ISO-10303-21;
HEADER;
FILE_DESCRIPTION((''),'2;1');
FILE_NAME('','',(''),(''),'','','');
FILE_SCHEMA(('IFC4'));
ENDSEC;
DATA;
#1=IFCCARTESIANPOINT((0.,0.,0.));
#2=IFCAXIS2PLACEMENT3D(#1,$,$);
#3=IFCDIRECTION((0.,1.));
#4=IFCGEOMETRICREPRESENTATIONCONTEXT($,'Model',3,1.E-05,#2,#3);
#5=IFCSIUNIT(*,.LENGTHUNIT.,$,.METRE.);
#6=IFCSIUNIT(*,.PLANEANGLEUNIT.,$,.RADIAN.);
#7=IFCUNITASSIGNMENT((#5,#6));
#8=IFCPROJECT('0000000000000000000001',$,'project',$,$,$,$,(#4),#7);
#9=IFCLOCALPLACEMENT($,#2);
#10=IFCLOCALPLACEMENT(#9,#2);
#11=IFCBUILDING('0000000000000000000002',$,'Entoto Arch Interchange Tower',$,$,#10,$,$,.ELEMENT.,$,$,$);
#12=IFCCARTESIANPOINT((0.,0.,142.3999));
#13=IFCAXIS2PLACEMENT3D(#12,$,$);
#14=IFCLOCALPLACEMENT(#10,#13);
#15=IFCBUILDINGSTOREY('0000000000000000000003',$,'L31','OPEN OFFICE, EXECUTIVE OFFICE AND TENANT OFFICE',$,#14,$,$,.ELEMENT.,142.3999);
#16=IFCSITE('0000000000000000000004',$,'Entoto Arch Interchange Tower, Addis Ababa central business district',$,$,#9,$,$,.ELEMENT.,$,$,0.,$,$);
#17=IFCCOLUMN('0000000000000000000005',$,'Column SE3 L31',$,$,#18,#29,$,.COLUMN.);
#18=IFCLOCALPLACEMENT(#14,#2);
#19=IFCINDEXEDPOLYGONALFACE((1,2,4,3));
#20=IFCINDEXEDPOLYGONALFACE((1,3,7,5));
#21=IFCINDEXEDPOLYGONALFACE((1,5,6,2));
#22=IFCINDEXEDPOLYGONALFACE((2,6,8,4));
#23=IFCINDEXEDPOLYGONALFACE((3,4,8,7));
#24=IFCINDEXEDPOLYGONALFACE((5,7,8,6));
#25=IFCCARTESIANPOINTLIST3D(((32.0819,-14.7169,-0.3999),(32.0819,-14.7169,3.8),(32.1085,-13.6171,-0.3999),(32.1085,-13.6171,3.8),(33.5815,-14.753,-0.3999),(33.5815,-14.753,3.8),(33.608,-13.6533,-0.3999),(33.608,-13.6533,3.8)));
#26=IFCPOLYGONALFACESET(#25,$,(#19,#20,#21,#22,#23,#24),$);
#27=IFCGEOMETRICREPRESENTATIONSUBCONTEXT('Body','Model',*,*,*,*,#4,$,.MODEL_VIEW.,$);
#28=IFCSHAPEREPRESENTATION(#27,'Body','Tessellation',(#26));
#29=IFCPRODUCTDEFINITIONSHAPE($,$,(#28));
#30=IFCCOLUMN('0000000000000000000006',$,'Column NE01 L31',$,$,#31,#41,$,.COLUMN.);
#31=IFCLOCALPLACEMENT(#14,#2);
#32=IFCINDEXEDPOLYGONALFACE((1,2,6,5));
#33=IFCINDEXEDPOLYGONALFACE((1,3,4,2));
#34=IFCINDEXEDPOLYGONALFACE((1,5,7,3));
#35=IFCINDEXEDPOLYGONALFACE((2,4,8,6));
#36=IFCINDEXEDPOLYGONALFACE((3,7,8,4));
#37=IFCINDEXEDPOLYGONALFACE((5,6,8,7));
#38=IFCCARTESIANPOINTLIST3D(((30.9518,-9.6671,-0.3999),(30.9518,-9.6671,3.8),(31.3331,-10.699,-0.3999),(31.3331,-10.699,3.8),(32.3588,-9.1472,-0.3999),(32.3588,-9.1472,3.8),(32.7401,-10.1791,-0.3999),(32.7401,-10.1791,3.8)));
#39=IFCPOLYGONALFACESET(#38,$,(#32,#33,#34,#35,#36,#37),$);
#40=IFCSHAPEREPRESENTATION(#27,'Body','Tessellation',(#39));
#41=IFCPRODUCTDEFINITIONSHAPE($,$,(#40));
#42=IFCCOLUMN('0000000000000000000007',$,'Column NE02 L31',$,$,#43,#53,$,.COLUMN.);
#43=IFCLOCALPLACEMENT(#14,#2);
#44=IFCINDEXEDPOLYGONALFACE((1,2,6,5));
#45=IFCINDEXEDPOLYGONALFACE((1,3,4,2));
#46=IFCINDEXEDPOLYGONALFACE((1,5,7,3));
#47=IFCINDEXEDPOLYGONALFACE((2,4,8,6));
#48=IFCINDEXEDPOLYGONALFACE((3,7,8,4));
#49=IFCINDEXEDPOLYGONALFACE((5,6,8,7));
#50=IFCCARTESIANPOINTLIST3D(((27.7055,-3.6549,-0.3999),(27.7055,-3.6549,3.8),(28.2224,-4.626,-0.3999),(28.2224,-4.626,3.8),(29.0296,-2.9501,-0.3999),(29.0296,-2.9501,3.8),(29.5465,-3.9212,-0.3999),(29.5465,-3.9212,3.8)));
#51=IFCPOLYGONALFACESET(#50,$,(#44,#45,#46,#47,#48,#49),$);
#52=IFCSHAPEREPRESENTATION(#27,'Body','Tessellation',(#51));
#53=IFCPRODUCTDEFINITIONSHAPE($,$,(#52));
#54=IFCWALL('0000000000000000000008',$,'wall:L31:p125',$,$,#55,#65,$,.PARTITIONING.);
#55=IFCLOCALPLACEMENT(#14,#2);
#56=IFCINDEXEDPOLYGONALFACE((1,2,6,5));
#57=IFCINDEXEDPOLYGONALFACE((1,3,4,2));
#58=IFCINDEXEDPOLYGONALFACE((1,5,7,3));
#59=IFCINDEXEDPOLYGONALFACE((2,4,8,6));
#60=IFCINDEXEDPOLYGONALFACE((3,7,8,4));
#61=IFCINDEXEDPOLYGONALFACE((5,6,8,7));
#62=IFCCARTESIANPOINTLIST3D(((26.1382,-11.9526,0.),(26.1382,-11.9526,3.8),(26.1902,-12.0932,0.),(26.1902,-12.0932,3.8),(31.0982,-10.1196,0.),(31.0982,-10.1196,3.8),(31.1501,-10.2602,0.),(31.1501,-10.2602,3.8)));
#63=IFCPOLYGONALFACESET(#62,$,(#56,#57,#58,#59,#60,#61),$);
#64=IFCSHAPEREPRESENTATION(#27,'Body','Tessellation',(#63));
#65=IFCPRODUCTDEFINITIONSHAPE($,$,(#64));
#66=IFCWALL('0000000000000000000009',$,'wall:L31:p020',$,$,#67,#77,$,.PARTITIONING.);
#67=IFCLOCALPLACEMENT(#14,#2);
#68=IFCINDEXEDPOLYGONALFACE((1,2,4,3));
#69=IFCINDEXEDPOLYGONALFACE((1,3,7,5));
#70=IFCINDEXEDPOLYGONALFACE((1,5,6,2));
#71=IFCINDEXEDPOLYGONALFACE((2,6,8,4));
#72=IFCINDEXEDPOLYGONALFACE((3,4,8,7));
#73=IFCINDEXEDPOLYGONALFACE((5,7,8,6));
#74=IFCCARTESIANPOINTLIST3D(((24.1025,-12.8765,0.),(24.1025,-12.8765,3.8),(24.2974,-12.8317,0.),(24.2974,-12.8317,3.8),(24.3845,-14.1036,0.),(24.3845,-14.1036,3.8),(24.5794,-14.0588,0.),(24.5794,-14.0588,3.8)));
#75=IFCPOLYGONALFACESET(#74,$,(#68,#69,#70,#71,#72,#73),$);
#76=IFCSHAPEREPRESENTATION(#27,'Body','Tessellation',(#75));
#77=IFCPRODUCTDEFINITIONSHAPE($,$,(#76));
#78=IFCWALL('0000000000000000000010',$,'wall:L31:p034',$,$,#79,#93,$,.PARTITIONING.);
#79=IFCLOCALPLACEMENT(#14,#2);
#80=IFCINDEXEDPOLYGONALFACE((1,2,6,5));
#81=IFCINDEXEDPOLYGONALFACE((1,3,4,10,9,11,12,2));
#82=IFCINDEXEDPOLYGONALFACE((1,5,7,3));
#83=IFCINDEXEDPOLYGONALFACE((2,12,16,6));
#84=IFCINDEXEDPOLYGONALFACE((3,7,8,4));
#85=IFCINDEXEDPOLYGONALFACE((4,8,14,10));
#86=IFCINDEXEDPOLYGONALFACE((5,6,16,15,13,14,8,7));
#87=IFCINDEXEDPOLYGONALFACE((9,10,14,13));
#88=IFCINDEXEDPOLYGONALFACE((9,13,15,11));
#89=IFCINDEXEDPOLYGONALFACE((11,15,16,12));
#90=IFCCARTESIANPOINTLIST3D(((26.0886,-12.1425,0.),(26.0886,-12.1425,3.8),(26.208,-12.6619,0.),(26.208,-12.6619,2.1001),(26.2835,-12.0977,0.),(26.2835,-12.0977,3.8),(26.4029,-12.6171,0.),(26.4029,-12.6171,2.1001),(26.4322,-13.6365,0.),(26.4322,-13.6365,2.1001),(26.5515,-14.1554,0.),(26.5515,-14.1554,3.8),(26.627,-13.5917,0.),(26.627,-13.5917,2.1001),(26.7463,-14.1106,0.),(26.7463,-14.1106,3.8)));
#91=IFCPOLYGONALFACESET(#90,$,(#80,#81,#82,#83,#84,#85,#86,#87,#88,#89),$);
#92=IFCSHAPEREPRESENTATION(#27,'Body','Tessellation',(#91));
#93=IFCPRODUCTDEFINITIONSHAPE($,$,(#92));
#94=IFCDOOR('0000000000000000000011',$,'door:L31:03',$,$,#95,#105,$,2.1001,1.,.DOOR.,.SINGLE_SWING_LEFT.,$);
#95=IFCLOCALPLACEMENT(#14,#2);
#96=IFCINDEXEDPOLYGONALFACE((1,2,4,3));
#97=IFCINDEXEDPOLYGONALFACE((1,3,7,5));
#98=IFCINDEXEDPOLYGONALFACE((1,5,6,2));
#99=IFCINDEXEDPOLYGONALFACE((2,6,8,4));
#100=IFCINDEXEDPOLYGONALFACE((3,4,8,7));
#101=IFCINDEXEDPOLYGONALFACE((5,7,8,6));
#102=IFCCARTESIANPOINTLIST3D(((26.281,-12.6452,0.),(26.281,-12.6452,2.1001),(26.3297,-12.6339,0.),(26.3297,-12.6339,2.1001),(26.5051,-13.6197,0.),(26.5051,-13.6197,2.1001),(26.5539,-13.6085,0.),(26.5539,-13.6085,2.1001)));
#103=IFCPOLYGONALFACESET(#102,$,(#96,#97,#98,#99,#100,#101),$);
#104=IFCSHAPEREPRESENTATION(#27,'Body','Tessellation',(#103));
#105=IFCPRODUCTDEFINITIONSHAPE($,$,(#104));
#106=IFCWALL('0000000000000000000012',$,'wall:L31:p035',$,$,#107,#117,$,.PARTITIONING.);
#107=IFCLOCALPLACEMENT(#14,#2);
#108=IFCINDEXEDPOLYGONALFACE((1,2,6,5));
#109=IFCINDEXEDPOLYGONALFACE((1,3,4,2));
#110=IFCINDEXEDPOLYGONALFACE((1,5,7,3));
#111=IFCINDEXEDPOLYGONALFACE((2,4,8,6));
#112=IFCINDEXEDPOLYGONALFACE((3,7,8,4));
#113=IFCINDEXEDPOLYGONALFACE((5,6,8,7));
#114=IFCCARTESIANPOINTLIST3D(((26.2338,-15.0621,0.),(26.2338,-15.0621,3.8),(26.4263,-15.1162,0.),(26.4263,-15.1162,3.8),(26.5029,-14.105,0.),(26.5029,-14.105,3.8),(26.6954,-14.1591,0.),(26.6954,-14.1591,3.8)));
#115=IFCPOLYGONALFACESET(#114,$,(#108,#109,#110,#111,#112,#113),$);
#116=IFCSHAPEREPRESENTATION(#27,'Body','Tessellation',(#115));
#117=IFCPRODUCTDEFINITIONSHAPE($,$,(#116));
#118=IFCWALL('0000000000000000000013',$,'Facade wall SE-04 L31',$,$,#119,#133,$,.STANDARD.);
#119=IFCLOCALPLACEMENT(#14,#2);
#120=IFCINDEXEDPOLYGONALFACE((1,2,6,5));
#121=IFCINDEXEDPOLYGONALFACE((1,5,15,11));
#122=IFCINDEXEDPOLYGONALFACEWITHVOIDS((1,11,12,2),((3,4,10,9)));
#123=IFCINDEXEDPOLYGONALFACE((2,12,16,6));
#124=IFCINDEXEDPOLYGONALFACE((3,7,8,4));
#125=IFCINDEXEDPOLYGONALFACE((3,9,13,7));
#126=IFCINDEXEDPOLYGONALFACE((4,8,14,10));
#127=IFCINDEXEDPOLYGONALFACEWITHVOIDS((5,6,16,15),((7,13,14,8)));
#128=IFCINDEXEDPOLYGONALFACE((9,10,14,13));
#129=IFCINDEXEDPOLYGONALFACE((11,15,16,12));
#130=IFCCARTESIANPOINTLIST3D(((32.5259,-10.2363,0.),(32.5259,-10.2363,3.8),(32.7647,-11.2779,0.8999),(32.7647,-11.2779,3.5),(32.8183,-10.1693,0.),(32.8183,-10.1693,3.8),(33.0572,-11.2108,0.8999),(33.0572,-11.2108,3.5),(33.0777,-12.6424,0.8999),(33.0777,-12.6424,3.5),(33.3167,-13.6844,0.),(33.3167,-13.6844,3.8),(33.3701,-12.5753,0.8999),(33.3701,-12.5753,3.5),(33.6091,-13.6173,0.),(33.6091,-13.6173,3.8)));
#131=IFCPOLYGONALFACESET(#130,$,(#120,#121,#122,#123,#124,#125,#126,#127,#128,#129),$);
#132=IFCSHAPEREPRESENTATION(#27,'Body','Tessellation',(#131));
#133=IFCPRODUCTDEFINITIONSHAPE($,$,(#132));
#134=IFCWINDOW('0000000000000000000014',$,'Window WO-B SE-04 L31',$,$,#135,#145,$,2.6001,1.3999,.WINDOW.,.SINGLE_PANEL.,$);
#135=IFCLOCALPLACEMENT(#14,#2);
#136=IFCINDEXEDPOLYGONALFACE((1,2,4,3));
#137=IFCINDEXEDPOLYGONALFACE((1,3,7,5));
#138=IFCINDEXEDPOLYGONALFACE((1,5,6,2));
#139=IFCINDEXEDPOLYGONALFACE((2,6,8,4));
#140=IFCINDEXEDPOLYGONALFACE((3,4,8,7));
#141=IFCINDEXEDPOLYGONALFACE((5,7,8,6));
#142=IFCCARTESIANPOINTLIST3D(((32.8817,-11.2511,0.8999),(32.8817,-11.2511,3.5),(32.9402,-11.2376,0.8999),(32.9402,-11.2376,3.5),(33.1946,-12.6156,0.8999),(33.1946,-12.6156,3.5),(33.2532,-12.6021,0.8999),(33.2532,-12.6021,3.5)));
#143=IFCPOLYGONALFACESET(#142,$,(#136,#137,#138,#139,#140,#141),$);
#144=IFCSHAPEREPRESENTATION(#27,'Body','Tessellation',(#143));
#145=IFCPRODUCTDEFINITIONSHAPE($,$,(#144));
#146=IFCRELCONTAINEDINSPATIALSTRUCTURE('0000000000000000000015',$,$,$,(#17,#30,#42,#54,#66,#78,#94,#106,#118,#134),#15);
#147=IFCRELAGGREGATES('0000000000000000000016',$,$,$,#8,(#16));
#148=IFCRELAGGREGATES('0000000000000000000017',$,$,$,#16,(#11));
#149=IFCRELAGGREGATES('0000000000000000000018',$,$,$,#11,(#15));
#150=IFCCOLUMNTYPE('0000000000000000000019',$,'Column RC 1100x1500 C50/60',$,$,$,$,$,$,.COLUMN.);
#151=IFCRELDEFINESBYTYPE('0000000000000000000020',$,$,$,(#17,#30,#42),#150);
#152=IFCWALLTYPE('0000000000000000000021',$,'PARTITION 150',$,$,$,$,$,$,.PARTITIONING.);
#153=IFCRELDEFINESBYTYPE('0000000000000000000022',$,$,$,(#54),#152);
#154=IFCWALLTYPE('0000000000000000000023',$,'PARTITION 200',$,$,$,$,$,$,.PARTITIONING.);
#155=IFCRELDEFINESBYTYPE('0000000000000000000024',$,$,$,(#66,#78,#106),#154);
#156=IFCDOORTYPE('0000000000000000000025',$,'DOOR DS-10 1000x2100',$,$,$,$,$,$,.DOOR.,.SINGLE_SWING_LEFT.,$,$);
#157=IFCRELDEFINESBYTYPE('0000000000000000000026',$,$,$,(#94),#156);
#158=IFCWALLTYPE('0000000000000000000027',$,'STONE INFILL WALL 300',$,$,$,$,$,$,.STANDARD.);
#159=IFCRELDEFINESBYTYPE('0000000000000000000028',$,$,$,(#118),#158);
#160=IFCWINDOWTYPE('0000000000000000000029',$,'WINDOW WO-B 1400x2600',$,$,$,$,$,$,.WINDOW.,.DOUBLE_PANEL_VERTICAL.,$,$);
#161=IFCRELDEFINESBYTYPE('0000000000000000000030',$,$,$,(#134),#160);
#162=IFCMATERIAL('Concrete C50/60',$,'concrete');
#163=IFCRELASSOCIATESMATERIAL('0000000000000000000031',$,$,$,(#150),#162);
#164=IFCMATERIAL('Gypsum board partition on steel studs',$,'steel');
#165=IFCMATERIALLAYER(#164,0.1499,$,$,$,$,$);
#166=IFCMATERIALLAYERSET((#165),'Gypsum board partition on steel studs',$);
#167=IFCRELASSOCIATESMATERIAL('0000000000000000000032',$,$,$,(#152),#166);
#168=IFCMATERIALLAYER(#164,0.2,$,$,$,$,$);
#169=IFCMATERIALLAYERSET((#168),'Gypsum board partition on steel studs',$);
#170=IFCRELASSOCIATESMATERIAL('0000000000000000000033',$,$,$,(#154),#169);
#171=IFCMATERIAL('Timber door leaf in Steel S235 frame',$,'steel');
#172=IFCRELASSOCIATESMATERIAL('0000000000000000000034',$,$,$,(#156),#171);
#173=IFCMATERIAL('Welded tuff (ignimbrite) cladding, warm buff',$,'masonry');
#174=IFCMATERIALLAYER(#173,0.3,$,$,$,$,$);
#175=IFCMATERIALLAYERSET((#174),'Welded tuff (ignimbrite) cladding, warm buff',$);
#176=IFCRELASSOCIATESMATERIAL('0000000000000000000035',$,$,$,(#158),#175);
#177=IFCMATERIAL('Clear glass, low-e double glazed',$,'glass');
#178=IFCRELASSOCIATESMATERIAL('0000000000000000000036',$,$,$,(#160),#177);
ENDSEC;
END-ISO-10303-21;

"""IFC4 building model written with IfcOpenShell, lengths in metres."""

from ifc_helpers import new_model, si_unit, direction, frame, frame_2d, origin, origin_2d, place, context, subcontext, project, spatial, rectangle, extrude, material, layer, layer_set, material_profile, profile_set, type_object, element, fill, save


model = new_model("IFC4")

# Units and contexts
model_context = context("Model", 3, precision=1e-05, world=origin(), true_north=direction((0.0, 1.0)))
body_context = subcontext(model_context, "Body", "Model", "MODEL_VIEW")
ifc_project = project(units=[si_unit("LENGTHUNIT", "METRE"), si_unit("PLANEANGLEUNIT", "RADIAN")], contexts=[model_context])

# Site, building, storey
site_placement = place(None, origin())
site = spatial("IfcSite", under=ifc_project, at=site_placement, Name="Entoto Arch Interchange Tower, Addis Ababa central business district", CompositionType="ELEMENT", RefElevation=0.0)
building_placement = place(site_placement, origin())
building = spatial("IfcBuilding", under=site, at=building_placement, Name="Entoto Arch Interchange Tower", CompositionType="ELEMENT")
storey_placement = place(building_placement, frame((0.0, 0.0, 142.3999)))
storey = spatial("IfcBuildingStorey", under=building, at=storey_placement, Name="L31", Description="OPEN OFFICE, EXECUTIVE OFFICE AND TENANT OFFICE", CompositionType="ELEMENT", Elevation=142.3999)

# Columns
ifc_material_1 = material(Name="Concrete C50/60", Category="concrete")
ifc_material_profile = material_profile(ifc_material_1, rectangle(XDim=1.1001, YDim=1.5, at=origin_2d()))
ifc_profile_set = profile_set([ifc_material_profile], Name="Concrete C50/60")
column_type = type_object("IfcColumnType", Name="Column RC 1100x1500 C50/60", PredefinedType="COLUMN", material=ifc_profile_set)
for number, where, z_axis, x_axis, name in (
    (1, (32.845, -14.1851, -0.3999), (0.0, 0.0, 1.0), (0.024118, 0.999709, 0.0), "Column SE3 L31"),
    (2, (31.8459, -9.9231, -0.3999), (0.0, 0.0, 1.0), (-0.346592, 0.938016, 0.0), "Column NE01 L31"),
    (3, (28.626, -3.7881, -0.3999), (0.0, 0.0, 1.0), (-0.469857, 0.882743, 0.0), "Column NE02 L31"),
):
    element("IfcColumn", number, at=place(storey_placement, frame(where, z_axis=z_axis, x_axis=x_axis)), inside=storey, type_object=column_type, Name=name, PredefinedType="COLUMN", context=body_context, shape_type="SweptSolid", body=[
        extrude(rectangle(XDim=1.1001, YDim=1.5, at=origin_2d()), origin(), (0.0, 0.0, 1.0), 4.2),
    ])

# Walls
ifc_material_2 = material(Name="Gypsum board partition on steel studs", Category="steel")
ifc_layer_1 = layer(ifc_material_2, 0.1499)
ifc_layer_set_1 = layer_set([ifc_layer_1], Name="Gypsum board partition on steel studs")
wall_type_1 = type_object("IfcWallType", Name="PARTITION 150", PredefinedType="PARTITIONING", material=ifc_layer_set_1)
wall_1_placement = place(storey_placement, frame((26.1641, -12.0229, 0.0), z_axis=(0.0, 0.0, 1.0), x_axis=(0.937996, 0.346647, 0.0)))
element("IfcWall", 4, at=wall_1_placement, inside=storey, type_object=wall_type_1, Name="wall:L31:p125", PredefinedType="PARTITIONING", context=body_context, shape_type="SweptSolid", body=[
    extrude(rectangle(XDim=5.2878, YDim=0.1499, at=frame_2d((2.644, 0.0))), origin(), (0.0, 0.0, 1.0), 3.8),
])
ifc_layer_2 = layer(ifc_material_2, 0.2)
ifc_layer_set_2 = layer_set([ifc_layer_2], Name="Gypsum board partition on steel studs")
wall_type_2 = type_object("IfcWallType", Name="PARTITION 200", PredefinedType="PARTITIONING", material=ifc_layer_set_2)
wall_2_placement = place(storey_placement, frame((24.4819, -14.0811, 0.0), z_axis=(0.0, 0.0, 1.0), x_axis=(-0.223967, 0.974597, 0.0)))
element("IfcWall", 5, at=wall_2_placement, inside=storey, type_object=wall_type_2, Name="wall:L31:p020", PredefinedType="PARTITIONING", context=body_context, shape_type="SweptSolid", body=[
    extrude(rectangle(XDim=1.259, YDim=0.2, at=frame_2d((0.6294, 0.0))), origin(), (0.0, 0.0, 1.0), 3.8),
])

# Wall, opening, door
wall_3_placement = place(storey_placement, frame((26.186, -12.1201, 0.0), z_axis=(0.0, 0.0, 1.0), x_axis=(0.224108, -0.974564, 0.0)))
wall_3 = element("IfcWall", 6, at=wall_3_placement, inside=storey, type_object=wall_type_2, Name="wall:L31:p034", PredefinedType="PARTITIONING", context=body_context, shape_type="SweptSolid", body=[
    extrude(rectangle(XDim=2.0654, YDim=0.2, at=frame_2d((1.0327, 0.0))), origin(), (0.0, 0.0, 1.0), 3.8),
])
opening_1_placement = place(wall_3_placement, frame((0.533, 0.0, 0.0)))
opening_1 = element("IfcOpeningElement", 7, at=opening_1_placement, cuts=wall_3, PredefinedType="OPENING", context=body_context, shape_type="SweptSolid", body=[
    extrude(rectangle(XDim=1.0, YDim=2.1001, at=frame_2d((0.5, 1.05))), frame((0.0, 0.1099, 0.0), z_axis=(0.0, -1.0, 0.0), x_axis=(1.0, 0.0, 0.0)), (0.0, 0.0, 1.0), 0.22),
])
ifc_material_3 = material(Name="Timber door leaf in Steel S235 frame", Category="steel")
door_type = type_object("IfcDoorType", Name="DOOR DS-10 1000x2100", OperationType="SINGLE_SWING_LEFT", PredefinedType="DOOR", material=ifc_material_3)
door_placement = place(opening_1_placement, origin())
door = element("IfcDoor", 8, at=door_placement, inside=storey, type_object=door_type, Name="door:L31:03", OperationType="SINGLE_SWING_LEFT", OverallHeight=2.1001, OverallWidth=1.0, PredefinedType="DOOR", context=body_context, shape_type="SweptSolid", body=[
    extrude(rectangle(XDim=1.0, YDim=2.1001, at=frame_2d((0.5, 1.05))), frame((0.0, 0.0249, 0.0), z_axis=(0.0, -1.0, 0.0), x_axis=(1.0, 0.0, 0.0)), (0.0, 0.0, 1.0), 0.05),
])
fill(opening_1, door)

# Wall
wall_4_placement = place(storey_placement, frame((26.5991, -14.1321, 0.0), z_axis=(0.0, 0.0, 1.0), x_axis=(-0.270632, -0.962683, 0.0)))
element("IfcWall", 9, at=wall_4_placement, inside=storey, type_object=wall_type_2, Name="wall:L31:p035", PredefinedType="PARTITIONING", context=body_context, shape_type="SweptSolid", body=[
    extrude(rectangle(XDim=0.9941, YDim=0.2, at=frame_2d((0.4971, 0.0))), origin(), (0.0, 0.0, 1.0), 3.8),
])

# Wall, opening, window
ifc_material_4 = material(Name="Welded tuff (ignimbrite) cladding, warm buff", Category="masonry")
ifc_layer_3 = layer(ifc_material_4, 0.3)
ifc_layer_set_3 = layer_set([ifc_layer_3], Name="Welded tuff (ignimbrite) cladding, warm buff")
wall_type_3 = type_object("IfcWallType", Name="STONE INFILL WALL 300", PredefinedType="STANDARD", material=ifc_layer_set_3)
wall_5_placement = place(storey_placement, frame((33.4629, -13.6509, 0.0), z_axis=(0.0, 0.0, 1.0), x_axis=(-0.223539, 0.974695, 0.0)))
wall_5 = element("IfcWall", 10, at=wall_5_placement, inside=storey, type_object=wall_type_3, Name="Facade wall SE-04 L31", PredefinedType="STANDARD", context=body_context, shape_type="SweptSolid", body=[
    extrude(rectangle(XDim=3.5376, YDim=0.3, at=frame_2d((1.7688, 0.0))), origin(), (0.0, 0.0, 1.0), 3.8),
])
opening_2_placement = place(wall_5_placement, frame((1.0691, 0.0, 0.8999)))
opening_2 = element("IfcOpeningElement", 11, at=opening_2_placement, cuts=wall_5, PredefinedType="OPENING", context=body_context, shape_type="SweptSolid", body=[
    extrude(rectangle(XDim=1.3999, YDim=2.6001, at=frame_2d((0.7, 1.3))), frame((0.0, 0.1602, 0.0), z_axis=(0.0, -1.0, 0.0), x_axis=(1.0, 0.0, 0.0)), (0.0, 0.0, 1.0), 0.3201),
])
ifc_material_5 = material(Name="Clear glass, low-e double glazed", Category="glass")
window_type_1 = type_object("IfcWindowType", Name="WINDOW WO-B 1400x2600", PartitioningType="DOUBLE_PANEL_VERTICAL", PredefinedType="WINDOW", material=ifc_material_5)
window_1_placement = place(opening_2_placement, origin())
window_1 = element("IfcWindow", 12, at=window_1_placement, inside=storey, type_object=window_type_1, Name="Window WO-B SE-04 L31", OverallHeight=2.6001, OverallWidth=1.3999, PartitioningType="SINGLE_PANEL", PredefinedType="WINDOW", context=body_context, shape_type="SweptSolid", body=[
    extrude(rectangle(XDim=1.3999, YDim=2.6001, at=frame_2d((0.7, 1.3))), frame((0.0, 0.03, 0.0), z_axis=(0.0, -1.0, 0.0), x_axis=(1.0, 0.0, 0.0)), (0.0, 0.0, 1.0), 0.0601),
])
fill(opening_2, window_1)

save(model, "model.ifc")
